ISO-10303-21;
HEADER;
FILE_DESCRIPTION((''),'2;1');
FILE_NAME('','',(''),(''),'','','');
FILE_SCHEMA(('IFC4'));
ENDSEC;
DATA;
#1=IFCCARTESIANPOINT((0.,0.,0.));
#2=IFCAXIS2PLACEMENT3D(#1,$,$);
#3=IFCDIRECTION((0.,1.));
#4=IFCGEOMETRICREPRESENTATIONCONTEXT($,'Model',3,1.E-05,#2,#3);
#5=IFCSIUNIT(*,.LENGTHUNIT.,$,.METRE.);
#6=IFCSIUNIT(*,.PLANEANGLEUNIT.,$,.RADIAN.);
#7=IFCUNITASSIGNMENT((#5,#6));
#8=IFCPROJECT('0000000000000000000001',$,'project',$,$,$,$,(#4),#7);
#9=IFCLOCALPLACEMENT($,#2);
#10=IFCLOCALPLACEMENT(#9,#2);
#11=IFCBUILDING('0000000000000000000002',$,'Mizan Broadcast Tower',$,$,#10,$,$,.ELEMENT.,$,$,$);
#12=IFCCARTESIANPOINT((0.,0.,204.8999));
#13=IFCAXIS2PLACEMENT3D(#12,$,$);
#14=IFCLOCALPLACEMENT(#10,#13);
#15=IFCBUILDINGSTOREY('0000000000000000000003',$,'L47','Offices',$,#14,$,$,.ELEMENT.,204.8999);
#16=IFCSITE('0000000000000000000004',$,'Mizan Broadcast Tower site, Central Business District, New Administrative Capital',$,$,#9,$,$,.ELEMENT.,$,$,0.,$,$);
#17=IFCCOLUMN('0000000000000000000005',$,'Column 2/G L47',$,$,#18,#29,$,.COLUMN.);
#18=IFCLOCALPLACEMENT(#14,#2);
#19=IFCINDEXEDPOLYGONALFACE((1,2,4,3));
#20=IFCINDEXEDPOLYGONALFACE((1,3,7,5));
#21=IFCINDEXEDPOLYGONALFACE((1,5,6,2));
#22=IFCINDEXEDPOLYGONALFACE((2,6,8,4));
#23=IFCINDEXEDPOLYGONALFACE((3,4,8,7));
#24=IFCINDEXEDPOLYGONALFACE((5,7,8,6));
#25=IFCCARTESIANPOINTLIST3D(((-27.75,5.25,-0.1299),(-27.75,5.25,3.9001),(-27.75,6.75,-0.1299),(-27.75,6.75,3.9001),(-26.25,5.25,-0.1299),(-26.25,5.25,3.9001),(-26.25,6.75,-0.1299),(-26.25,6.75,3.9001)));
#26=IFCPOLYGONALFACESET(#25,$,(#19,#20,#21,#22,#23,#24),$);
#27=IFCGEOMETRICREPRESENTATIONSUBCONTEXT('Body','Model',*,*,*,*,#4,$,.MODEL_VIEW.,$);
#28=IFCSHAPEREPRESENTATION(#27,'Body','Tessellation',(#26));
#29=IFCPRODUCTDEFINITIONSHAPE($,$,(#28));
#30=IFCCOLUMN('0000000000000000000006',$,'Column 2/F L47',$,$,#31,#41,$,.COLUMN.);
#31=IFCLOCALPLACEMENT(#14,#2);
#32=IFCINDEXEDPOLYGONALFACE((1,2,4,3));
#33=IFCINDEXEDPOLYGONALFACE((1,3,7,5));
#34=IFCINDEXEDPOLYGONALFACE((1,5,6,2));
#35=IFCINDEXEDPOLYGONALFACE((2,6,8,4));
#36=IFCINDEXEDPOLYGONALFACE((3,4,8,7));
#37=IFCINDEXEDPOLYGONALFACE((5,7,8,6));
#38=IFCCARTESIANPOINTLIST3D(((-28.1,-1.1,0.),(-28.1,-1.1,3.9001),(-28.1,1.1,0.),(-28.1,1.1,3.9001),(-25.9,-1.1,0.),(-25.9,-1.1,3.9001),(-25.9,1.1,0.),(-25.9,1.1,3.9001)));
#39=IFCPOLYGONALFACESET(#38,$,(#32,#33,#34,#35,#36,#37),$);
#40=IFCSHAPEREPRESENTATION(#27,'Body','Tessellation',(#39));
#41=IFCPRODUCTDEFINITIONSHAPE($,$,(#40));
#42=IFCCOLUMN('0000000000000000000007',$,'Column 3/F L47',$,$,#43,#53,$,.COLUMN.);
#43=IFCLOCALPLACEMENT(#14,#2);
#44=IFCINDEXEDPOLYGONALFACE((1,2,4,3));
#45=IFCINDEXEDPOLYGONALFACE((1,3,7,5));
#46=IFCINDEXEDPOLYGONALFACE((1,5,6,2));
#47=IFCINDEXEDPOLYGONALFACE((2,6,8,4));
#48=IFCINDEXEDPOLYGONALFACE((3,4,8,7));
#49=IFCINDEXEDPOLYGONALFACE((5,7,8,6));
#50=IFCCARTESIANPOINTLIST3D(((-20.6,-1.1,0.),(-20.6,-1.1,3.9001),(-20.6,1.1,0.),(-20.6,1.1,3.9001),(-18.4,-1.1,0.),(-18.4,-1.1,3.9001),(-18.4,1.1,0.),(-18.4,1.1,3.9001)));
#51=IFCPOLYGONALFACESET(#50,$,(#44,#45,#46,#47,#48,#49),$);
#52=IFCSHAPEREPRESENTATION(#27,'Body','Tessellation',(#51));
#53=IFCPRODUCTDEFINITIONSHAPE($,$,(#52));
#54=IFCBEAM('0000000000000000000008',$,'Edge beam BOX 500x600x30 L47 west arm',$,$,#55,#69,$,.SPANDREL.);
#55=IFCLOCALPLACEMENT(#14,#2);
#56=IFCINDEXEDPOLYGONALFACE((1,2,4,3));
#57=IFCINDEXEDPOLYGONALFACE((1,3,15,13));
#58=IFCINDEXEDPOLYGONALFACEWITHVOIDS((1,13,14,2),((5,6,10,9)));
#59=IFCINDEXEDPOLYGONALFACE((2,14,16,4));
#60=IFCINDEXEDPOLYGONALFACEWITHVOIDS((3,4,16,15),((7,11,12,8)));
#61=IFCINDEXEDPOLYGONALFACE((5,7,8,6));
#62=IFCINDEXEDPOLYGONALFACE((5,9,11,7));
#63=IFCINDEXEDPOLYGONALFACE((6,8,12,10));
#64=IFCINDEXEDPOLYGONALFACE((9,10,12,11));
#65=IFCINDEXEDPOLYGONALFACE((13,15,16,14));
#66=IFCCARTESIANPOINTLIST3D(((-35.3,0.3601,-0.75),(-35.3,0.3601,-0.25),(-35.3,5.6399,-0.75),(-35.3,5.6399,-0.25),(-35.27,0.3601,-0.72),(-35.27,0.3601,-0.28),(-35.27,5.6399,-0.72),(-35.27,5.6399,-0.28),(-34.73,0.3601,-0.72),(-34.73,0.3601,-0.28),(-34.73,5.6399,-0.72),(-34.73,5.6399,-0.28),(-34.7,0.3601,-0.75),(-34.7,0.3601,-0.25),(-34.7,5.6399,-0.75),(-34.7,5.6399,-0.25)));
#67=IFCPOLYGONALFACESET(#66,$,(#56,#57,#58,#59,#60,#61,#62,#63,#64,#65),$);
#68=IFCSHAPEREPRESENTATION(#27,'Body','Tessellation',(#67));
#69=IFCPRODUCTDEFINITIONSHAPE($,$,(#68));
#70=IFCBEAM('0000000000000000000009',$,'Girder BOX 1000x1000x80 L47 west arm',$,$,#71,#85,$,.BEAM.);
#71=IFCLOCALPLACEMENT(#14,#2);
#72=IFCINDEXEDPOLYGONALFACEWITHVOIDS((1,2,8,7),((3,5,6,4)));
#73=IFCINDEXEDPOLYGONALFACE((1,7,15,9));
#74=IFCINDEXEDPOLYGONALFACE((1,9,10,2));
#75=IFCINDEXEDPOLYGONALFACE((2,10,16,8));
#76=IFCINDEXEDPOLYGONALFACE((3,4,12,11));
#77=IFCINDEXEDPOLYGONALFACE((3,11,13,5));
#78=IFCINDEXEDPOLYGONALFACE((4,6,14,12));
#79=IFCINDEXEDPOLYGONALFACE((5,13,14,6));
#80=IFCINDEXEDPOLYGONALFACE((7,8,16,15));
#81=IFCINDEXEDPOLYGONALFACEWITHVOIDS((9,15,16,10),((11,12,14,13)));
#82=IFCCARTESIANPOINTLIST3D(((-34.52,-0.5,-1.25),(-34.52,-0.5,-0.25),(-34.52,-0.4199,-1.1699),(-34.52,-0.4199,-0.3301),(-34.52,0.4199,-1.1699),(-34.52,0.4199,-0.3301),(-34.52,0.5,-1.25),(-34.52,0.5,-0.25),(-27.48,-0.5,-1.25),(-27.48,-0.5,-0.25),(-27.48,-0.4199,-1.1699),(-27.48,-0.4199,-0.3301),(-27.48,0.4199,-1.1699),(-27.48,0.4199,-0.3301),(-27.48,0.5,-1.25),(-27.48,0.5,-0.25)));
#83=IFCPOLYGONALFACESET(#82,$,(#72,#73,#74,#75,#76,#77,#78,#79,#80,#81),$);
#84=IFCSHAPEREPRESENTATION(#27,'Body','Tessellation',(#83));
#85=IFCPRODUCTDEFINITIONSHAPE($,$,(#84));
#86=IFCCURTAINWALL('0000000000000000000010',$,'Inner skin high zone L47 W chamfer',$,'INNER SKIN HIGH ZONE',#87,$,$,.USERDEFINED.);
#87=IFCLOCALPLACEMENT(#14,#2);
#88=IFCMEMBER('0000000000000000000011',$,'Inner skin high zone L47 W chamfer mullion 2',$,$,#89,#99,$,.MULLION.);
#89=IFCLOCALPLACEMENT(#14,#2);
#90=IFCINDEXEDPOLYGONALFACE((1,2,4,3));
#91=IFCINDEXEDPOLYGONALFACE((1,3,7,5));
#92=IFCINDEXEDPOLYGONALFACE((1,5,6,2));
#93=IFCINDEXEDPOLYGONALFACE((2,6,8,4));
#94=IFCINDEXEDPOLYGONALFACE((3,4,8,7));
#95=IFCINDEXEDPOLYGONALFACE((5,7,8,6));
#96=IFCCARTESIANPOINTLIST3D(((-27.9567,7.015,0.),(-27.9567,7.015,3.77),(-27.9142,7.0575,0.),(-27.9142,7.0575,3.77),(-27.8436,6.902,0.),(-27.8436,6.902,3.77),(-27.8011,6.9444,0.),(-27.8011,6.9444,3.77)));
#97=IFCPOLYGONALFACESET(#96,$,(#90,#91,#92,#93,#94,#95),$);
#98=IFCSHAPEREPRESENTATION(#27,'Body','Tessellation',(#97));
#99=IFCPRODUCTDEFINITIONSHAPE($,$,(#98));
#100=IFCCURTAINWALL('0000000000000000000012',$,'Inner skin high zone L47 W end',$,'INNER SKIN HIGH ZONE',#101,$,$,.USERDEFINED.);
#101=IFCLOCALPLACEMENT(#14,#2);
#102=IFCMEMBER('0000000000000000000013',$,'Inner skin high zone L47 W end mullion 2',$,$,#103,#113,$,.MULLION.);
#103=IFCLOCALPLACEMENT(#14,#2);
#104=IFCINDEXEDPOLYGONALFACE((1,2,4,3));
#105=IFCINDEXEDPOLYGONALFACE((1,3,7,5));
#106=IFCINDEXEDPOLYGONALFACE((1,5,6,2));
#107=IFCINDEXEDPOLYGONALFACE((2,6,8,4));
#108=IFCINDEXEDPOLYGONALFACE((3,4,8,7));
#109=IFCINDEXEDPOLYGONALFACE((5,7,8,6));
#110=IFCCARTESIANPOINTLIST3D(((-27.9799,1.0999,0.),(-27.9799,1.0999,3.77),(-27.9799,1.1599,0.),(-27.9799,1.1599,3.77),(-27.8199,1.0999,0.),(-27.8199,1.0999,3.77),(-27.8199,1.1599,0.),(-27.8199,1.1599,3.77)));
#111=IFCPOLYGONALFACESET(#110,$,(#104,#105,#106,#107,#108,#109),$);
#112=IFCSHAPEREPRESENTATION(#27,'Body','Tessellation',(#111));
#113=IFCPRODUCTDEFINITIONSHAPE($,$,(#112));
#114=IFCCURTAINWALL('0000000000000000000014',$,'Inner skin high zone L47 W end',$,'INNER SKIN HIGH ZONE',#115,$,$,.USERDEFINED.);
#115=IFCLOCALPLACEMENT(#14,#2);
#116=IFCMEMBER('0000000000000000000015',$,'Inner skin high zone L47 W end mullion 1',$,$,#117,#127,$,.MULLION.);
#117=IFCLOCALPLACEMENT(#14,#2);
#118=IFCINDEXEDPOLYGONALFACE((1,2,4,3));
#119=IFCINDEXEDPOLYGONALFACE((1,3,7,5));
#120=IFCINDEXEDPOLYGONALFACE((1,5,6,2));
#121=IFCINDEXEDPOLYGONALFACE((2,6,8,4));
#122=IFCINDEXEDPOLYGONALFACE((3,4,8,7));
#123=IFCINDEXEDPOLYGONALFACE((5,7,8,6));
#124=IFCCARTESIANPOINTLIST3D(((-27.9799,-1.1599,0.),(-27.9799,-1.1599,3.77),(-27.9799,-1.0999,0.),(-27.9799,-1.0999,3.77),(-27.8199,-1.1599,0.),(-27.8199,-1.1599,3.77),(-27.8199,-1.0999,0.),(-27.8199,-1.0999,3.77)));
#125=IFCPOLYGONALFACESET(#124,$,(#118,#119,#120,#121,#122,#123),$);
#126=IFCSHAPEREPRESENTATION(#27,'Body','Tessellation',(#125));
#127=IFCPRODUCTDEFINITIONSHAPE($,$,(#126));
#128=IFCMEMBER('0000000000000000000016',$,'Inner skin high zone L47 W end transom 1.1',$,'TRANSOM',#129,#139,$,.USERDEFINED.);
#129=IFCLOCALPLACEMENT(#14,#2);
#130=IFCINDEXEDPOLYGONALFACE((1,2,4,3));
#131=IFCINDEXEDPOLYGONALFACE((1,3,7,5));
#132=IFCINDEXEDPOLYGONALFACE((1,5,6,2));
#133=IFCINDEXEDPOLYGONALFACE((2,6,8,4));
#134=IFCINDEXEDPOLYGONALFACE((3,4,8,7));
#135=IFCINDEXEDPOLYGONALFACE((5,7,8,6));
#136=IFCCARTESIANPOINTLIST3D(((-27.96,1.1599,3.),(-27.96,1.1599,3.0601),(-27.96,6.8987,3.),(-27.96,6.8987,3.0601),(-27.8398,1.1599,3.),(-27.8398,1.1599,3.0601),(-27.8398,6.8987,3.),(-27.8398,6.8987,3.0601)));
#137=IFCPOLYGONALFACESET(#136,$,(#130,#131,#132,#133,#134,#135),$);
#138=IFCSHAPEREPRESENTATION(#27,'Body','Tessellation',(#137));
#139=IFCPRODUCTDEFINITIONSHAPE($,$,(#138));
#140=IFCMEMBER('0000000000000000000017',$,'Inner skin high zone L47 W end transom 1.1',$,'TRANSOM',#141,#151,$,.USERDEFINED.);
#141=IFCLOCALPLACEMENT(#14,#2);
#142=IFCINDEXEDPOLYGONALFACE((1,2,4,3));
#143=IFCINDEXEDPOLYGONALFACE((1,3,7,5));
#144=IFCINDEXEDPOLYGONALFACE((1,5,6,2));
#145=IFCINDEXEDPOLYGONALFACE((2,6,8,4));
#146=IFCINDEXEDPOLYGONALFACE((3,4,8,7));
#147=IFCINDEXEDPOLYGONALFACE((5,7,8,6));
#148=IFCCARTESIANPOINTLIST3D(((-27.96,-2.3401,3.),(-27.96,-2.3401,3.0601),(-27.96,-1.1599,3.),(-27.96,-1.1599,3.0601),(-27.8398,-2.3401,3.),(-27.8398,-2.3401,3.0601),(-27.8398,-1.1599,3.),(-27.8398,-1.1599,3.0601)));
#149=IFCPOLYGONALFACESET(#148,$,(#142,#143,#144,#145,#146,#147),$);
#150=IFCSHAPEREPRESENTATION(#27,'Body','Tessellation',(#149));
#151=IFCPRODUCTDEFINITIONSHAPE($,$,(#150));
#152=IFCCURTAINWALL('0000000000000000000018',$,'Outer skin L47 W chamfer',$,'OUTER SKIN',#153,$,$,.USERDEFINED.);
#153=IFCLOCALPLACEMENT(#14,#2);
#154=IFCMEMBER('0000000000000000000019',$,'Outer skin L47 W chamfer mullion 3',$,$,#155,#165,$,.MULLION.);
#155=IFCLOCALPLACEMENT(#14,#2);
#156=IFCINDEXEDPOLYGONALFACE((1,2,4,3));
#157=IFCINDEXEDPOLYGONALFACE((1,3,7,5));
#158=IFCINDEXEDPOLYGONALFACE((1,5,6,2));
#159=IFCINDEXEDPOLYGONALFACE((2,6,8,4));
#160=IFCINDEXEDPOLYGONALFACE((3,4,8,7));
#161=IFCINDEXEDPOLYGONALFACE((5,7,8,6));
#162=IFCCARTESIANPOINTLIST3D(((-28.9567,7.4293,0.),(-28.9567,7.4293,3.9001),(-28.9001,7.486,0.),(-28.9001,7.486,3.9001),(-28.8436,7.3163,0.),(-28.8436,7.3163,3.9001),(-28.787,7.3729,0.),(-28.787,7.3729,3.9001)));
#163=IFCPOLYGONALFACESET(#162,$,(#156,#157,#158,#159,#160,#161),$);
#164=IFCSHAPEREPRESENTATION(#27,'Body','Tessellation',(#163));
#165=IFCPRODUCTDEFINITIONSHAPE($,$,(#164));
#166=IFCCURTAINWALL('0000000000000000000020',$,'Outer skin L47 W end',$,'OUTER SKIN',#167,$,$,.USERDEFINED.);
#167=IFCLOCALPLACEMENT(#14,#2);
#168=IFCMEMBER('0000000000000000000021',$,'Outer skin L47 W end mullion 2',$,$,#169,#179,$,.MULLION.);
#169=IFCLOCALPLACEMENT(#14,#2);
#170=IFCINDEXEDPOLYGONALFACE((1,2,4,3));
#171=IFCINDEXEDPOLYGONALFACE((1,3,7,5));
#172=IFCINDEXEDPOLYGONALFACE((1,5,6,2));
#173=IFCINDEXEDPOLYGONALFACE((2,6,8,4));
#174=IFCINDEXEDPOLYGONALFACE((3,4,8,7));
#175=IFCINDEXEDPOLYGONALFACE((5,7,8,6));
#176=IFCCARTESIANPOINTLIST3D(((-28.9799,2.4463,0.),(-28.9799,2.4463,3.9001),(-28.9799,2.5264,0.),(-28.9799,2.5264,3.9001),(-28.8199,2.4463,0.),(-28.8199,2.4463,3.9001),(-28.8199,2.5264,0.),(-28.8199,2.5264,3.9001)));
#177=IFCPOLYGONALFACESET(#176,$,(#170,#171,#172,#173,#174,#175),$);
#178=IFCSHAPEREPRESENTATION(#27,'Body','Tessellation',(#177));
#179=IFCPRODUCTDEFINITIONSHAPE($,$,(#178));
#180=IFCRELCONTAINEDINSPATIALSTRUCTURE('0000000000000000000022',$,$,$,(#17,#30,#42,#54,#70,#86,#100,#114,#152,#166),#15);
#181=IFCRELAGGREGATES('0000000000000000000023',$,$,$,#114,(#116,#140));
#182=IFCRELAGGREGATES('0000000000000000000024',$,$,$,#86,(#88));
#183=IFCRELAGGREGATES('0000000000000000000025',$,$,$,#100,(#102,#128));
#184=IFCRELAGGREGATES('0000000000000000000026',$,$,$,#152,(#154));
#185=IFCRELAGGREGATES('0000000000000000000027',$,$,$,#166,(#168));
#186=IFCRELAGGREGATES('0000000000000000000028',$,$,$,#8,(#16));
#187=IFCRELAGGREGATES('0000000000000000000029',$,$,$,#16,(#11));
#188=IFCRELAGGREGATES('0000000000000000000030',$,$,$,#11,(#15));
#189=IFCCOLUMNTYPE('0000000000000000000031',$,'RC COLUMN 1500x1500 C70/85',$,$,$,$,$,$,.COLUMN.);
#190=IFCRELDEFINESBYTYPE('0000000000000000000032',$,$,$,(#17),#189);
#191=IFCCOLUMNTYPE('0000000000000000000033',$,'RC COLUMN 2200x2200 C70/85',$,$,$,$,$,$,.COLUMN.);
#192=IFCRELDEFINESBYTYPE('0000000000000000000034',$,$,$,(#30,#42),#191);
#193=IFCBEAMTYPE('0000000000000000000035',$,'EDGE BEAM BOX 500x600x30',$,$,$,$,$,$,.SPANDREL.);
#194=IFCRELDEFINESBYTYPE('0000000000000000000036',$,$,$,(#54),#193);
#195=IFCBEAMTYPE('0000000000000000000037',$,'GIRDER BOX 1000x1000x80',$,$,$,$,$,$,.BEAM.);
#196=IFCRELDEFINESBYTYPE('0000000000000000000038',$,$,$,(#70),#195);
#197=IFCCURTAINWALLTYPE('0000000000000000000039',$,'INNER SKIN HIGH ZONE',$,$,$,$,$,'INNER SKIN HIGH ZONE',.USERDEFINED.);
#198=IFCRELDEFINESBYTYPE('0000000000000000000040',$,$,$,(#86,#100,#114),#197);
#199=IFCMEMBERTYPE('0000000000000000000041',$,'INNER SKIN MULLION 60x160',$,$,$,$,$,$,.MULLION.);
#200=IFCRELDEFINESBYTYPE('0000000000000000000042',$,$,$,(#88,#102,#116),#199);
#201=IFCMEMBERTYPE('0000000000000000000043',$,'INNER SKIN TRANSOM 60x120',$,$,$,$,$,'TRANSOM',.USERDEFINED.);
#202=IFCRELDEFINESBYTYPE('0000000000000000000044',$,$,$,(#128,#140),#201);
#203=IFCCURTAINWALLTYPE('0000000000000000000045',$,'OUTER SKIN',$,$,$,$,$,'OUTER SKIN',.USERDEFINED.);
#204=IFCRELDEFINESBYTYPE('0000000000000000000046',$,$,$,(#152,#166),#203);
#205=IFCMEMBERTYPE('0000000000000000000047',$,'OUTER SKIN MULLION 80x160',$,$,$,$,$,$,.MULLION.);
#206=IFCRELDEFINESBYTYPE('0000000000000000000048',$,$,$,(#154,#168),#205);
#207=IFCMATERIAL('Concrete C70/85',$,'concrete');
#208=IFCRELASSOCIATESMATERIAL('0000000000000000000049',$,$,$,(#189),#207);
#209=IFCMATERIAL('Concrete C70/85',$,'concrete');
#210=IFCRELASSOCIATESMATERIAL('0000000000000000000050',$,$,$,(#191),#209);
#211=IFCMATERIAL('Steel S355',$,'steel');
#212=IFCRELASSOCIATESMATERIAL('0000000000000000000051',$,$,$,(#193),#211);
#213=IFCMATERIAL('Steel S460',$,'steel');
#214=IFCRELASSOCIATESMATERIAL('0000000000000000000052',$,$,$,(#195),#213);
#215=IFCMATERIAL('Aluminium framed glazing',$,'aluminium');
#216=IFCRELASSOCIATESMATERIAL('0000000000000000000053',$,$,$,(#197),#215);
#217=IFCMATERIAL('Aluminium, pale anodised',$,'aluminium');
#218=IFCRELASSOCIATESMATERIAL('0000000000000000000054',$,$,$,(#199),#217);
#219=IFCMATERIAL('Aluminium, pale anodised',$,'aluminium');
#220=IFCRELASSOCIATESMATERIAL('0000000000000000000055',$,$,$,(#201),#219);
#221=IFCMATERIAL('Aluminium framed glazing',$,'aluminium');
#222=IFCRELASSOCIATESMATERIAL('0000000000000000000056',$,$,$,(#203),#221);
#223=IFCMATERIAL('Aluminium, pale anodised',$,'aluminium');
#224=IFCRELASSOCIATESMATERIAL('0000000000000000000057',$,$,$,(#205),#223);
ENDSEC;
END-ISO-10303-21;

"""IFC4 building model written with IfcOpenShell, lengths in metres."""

from ifc_helpers import new_model, si_unit, direction, frame, origin, origin_2d, place, context, subcontext, project, spatial, rectangle, hollow_rectangle, extrude, material, material_profile, profile_set, type_object, element, aggregate, save


model = new_model("IFC4")

# Units and contexts
model_context = context("Model", 3, precision=1e-05, world=origin(), true_north=direction((0.0, 1.0)))
body_context = subcontext(model_context, "Body", "Model", "MODEL_VIEW")
ifc_project = project(units=[si_unit("LENGTHUNIT", "METRE"), si_unit("PLANEANGLEUNIT", "RADIAN")], contexts=[model_context])

# Site, building, storey
site_placement = place(None, origin())
site = spatial("IfcSite", under=ifc_project, at=site_placement, Name="Mizan Broadcast Tower site, Central Business District, New Administrative Capital", CompositionType="ELEMENT", RefElevation=0.0)
building_placement = place(site_placement, origin())
building = spatial("IfcBuilding", under=site, at=building_placement, Name="Mizan Broadcast Tower", CompositionType="ELEMENT")
storey_placement = place(building_placement, frame((0.0, 0.0, 204.8999)))
storey = spatial("IfcBuildingStorey", under=building, at=storey_placement, Name="L47", Description="Offices", CompositionType="ELEMENT", Elevation=204.8999)

# Columns
ifc_material_1 = material(Name="Concrete C70/85", Category="concrete")
ifc_material_profile_1 = material_profile(ifc_material_1, rectangle(XDim=1.5, YDim=1.5, at=origin_2d()), Name="RC 1500x1500")
ifc_profile_set_1 = profile_set([ifc_material_profile_1], Name="Concrete C70/85")
column_type_1 = type_object("IfcColumnType", Name="RC COLUMN 1500x1500 C70/85", PredefinedType="COLUMN", material=ifc_profile_set_1)
column_placement = place(storey_placement, frame((-27.0, 6.0, -0.1299), z_axis=(0.0, 0.0, 1.0), x_axis=(1.0, 0.0, 0.0)))
element("IfcColumn", 1, at=column_placement, inside=storey, type_object=column_type_1, Name="Column 2/G L47", PredefinedType="COLUMN", context=body_context, shape_type="SweptSolid", body=[
    extrude(rectangle(XDim=1.5, YDim=1.5, at=origin_2d()), origin(), (0.0, 0.0, 1.0), 4.03),
])
ifc_material_2 = material(Name="Concrete C70/85", Category="concrete")
ifc_material_profile_2 = material_profile(ifc_material_2, rectangle(XDim=2.2, YDim=2.2, at=origin_2d()), Name="RC 2200x2200")
ifc_profile_set_2 = profile_set([ifc_material_profile_2], Name="Concrete C70/85")
column_type_2 = type_object("IfcColumnType", Name="RC COLUMN 2200x2200 C70/85", PredefinedType="COLUMN", material=ifc_profile_set_2)
for number, where, z_axis, x_axis, name in (
    (2, (-27.0, 0.0, 0.0), (0.0, 0.0, 1.0), (1.0, 0.0, 0.0), "Column 2/F L47"),
    (3, (-19.5, 0.0, 0.0), (0.0, 0.0, 1.0), (1.0, 0.0, 0.0), "Column 3/F L47"),
):
    element("IfcColumn", number, at=place(storey_placement, frame(where, z_axis=z_axis, x_axis=x_axis)), inside=storey, type_object=column_type_2, Name=name, PredefinedType="COLUMN", context=body_context, shape_type="SweptSolid", body=[
        extrude(rectangle(XDim=2.2, YDim=2.2, at=origin_2d()), origin(), (0.0, 0.0, 1.0), 3.9001),
    ])

# Beams
ifc_material_3 = material(Name="Steel S355", Category="steel")
ifc_material_profile_3 = material_profile(ifc_material_3, hollow_rectangle(XDim=0.6001, YDim=0.5, WallThickness=0.03, at=origin_2d()), Name="BOX 500x600x30")
ifc_profile_set_3 = profile_set([ifc_material_profile_3], Name="Steel S355")
beam_type_1 = type_object("IfcBeamType", Name="EDGE BEAM BOX 500x600x30", PredefinedType="SPANDREL", material=ifc_profile_set_3)
beam_1_placement = place(storey_placement, frame((-35.0, 5.6399, -0.5), z_axis=(0.0, -1.0, 0.0), x_axis=(1.0, 0.0, 0.0)))
element("IfcBeam", 4, at=beam_1_placement, inside=storey, type_object=beam_type_1, Name="Edge beam BOX 500x600x30 L47 west arm", PredefinedType="SPANDREL", context=body_context, shape_type="SweptSolid", body=[
    extrude(hollow_rectangle(XDim=0.6001, YDim=0.5, WallThickness=0.03, at=origin_2d()), origin(), (0.0, 0.0, 1.0), 5.2798),
])
ifc_material_4 = material(Name="Steel S460", Category="steel")
ifc_material_profile_4 = material_profile(ifc_material_4, hollow_rectangle(XDim=1.0, YDim=1.0, WallThickness=0.0801, at=origin_2d()), Name="BOX 1000x1000x80")
ifc_profile_set_4 = profile_set([ifc_material_profile_4], Name="Steel S460")
beam_type_2 = type_object("IfcBeamType", Name="GIRDER BOX 1000x1000x80", PredefinedType="BEAM", material=ifc_profile_set_4)
beam_2_placement = place(storey_placement, frame((-27.48, 0.0, -0.75), z_axis=(-1.0, 0.0, 0.0), x_axis=(0.0, -1.0, 0.0)))
element("IfcBeam", 5, at=beam_2_placement, inside=storey, type_object=beam_type_2, Name="Girder BOX 1000x1000x80 L47 west arm", PredefinedType="BEAM", context=body_context, shape_type="SweptSolid", body=[
    extrude(hollow_rectangle(XDim=1.0, YDim=1.0, WallThickness=0.0801, at=origin_2d()), origin(), (0.0, 0.0, 1.0), 7.04),
])

# Curtain walls, members
ifc_material_5 = material(Name="Aluminium framed glazing", Category="aluminium")
curtain_wall_type_1 = type_object("IfcCurtainWallType", Name="INNER SKIN HIGH ZONE", ElementType="INNER SKIN HIGH ZONE", PredefinedType="USERDEFINED", material=ifc_material_5)
curtain_wall_1_placement = place(storey_placement, origin())
curtain_wall_1 = element("IfcCurtainWall", 6, at=curtain_wall_1_placement, inside=storey, type_object=curtain_wall_type_1, Name="Inner skin high zone L47 W chamfer", ObjectType="INNER SKIN HIGH ZONE", PredefinedType="USERDEFINED")
ifc_material_6 = material(Name="Aluminium, pale anodised", Category="aluminium")
ifc_material_profile_5 = material_profile(ifc_material_6, rectangle(XDim=0.1599, YDim=0.0601, at=origin_2d()), Name="MULLION 160x60")
ifc_profile_set_5 = profile_set([ifc_material_profile_5], Name="Aluminium, pale anodised")
member_type_1 = type_object("IfcMemberType", Name="INNER SKIN MULLION 60x160", PredefinedType="MULLION", material=ifc_profile_set_5)
member_1_placement = place(storey_placement, frame((-27.8789, 6.9797, 0.0), z_axis=(0.0, 0.0, 1.0), x_axis=(0.707107, -0.707107, 0.0)))
member_1 = element("IfcMember", 7, at=member_1_placement, type_object=member_type_1, Name="Inner skin high zone L47 W chamfer mullion 2", PredefinedType="MULLION", context=body_context, shape_type="SweptSolid", body=[
    extrude(rectangle(XDim=0.1599, YDim=0.0601, at=origin_2d()), origin(), (0.0, 0.0, 1.0), 3.77),
])
curtain_wall_2_placement = place(storey_placement, origin())
curtain_wall_2 = element("IfcCurtainWall", 8, at=curtain_wall_2_placement, inside=storey, type_object=curtain_wall_type_1, Name="Inner skin high zone L47 W end", ObjectType="INNER SKIN HIGH ZONE", PredefinedType="USERDEFINED")
member_2_placement = place(storey_placement, frame((-27.8999, 1.1299, 0.0), z_axis=(0.0, 0.0, 1.0), x_axis=(1.0, 0.0, 0.0)))
member_2 = element("IfcMember", 9, at=member_2_placement, type_object=member_type_1, Name="Inner skin high zone L47 W end mullion 2", PredefinedType="MULLION", context=body_context, shape_type="SweptSolid", body=[
    extrude(rectangle(XDim=0.1599, YDim=0.0601, at=origin_2d()), origin(), (0.0, 0.0, 1.0), 3.77),
])
curtain_wall_3_placement = place(storey_placement, origin())
curtain_wall_3 = element("IfcCurtainWall", 10, at=curtain_wall_3_placement, inside=storey, type_object=curtain_wall_type_1, Name="Inner skin high zone L47 W end", ObjectType="INNER SKIN HIGH ZONE", PredefinedType="USERDEFINED")
member_3_placement = place(storey_placement, frame((-27.8999, -1.1299, 0.0), z_axis=(0.0, 0.0, 1.0), x_axis=(1.0, 0.0, 0.0)))
member_3 = element("IfcMember", 11, at=member_3_placement, type_object=member_type_1, Name="Inner skin high zone L47 W end mullion 1", PredefinedType="MULLION", context=body_context, shape_type="SweptSolid", body=[
    extrude(rectangle(XDim=0.1599, YDim=0.0601, at=origin_2d()), origin(), (0.0, 0.0, 1.0), 3.77),
])

# Members
ifc_material_7 = material(Name="Aluminium, pale anodised", Category="aluminium")
ifc_material_profile_6 = material_profile(ifc_material_7, rectangle(XDim=0.1201, YDim=0.0601, at=origin_2d()), Name="TRANSOM 120x60")
ifc_profile_set_6 = profile_set([ifc_material_profile_6], Name="Aluminium, pale anodised")
member_type_2 = type_object("IfcMemberType", Name="INNER SKIN TRANSOM 60x120", ElementType="TRANSOM", PredefinedType="USERDEFINED", material=ifc_profile_set_6)
member_4_placement = place(storey_placement, frame((-27.8999, 6.8987, 3.03), z_axis=(0.0, -1.0, 0.0), x_axis=(1.0, 0.0, 0.0)))
member_4 = element("IfcMember", 12, at=member_4_placement, type_object=member_type_2, Name="Inner skin high zone L47 W end transom 1.1", ObjectType="TRANSOM", PredefinedType="USERDEFINED", context=body_context, shape_type="SweptSolid", body=[
    extrude(rectangle(XDim=0.1201, YDim=0.0601, at=origin_2d()), origin(), (0.0, 0.0, 1.0), 5.7388),
])
member_5_placement = place(storey_placement, frame((-27.8999, -1.1599, 3.03), z_axis=(0.0, -1.0, 0.0), x_axis=(1.0, 0.0, 0.0)))
member_5 = element("IfcMember", 13, at=member_5_placement, type_object=member_type_2, Name="Inner skin high zone L47 W end transom 1.1", ObjectType="TRANSOM", PredefinedType="USERDEFINED", context=body_context, shape_type="SweptSolid", body=[
    extrude(rectangle(XDim=0.1201, YDim=0.0601, at=origin_2d()), origin(), (0.0, 0.0, 1.0), 1.1802),
])
aggregate(curtain_wall_3, [member_3, member_5])

# Curtain wall, member
ifc_material_8 = material(Name="Aluminium framed glazing", Category="aluminium")
curtain_wall_type_2 = type_object("IfcCurtainWallType", Name="OUTER SKIN", ElementType="OUTER SKIN", PredefinedType="USERDEFINED", material=ifc_material_8)
curtain_wall_4_placement = place(storey_placement, origin())
curtain_wall_4 = element("IfcCurtainWall", 14, at=curtain_wall_4_placement, inside=storey, type_object=curtain_wall_type_2, Name="Outer skin L47 W chamfer", ObjectType="OUTER SKIN", PredefinedType="USERDEFINED")
ifc_material_9 = material(Name="Aluminium, pale anodised", Category="aluminium")
ifc_material_profile_7 = material_profile(ifc_material_9, rectangle(XDim=0.1599, YDim=0.0801, at=origin_2d()), Name="MULLION 160x80")
ifc_profile_set_7 = profile_set([ifc_material_profile_7], Name="Aluminium, pale anodised")
member_type_3 = type_object("IfcMemberType", Name="OUTER SKIN MULLION 80x160", PredefinedType="MULLION", material=ifc_profile_set_7)
member_6_placement = place(storey_placement, frame((-28.8718, 7.4011, 0.0), z_axis=(0.0, 0.0, 1.0), x_axis=(0.707107, -0.707107, 0.0)))
member_6 = element("IfcMember", 15, at=member_6_placement, type_object=member_type_3, Name="Outer skin L47 W chamfer mullion 3", PredefinedType="MULLION", context=body_context, shape_type="SweptSolid", body=[
    extrude(rectangle(XDim=0.1599, YDim=0.0801, at=origin_2d()), origin(), (0.0, 0.0, 1.0), 3.9001),
])

# Curtain wall, member
curtain_wall_5_placement = place(storey_placement, origin())
curtain_wall_5 = element("IfcCurtainWall", 16, at=curtain_wall_5_placement, inside=storey, type_object=curtain_wall_type_2, Name="Outer skin L47 W end", ObjectType="OUTER SKIN", PredefinedType="USERDEFINED")
member_7_placement = place(storey_placement, frame((-28.8999, 2.4863, 0.0), z_axis=(0.0, 0.0, 1.0), x_axis=(1.0, 0.0, 0.0)))
member_7 = element("IfcMember", 17, at=member_7_placement, type_object=member_type_3, Name="Outer skin L47 W end mullion 2", PredefinedType="MULLION", context=body_context, shape_type="SweptSolid", body=[
    extrude(rectangle(XDim=0.1599, YDim=0.0801, at=origin_2d()), origin(), (0.0, 0.0, 1.0), 3.9001),
])

aggregate(curtain_wall_1, [member_1])
aggregate(curtain_wall_2, [member_2, member_4])
aggregate(curtain_wall_4, [member_6])
aggregate(curtain_wall_5, [member_7])

save(model, "model.ifc")
